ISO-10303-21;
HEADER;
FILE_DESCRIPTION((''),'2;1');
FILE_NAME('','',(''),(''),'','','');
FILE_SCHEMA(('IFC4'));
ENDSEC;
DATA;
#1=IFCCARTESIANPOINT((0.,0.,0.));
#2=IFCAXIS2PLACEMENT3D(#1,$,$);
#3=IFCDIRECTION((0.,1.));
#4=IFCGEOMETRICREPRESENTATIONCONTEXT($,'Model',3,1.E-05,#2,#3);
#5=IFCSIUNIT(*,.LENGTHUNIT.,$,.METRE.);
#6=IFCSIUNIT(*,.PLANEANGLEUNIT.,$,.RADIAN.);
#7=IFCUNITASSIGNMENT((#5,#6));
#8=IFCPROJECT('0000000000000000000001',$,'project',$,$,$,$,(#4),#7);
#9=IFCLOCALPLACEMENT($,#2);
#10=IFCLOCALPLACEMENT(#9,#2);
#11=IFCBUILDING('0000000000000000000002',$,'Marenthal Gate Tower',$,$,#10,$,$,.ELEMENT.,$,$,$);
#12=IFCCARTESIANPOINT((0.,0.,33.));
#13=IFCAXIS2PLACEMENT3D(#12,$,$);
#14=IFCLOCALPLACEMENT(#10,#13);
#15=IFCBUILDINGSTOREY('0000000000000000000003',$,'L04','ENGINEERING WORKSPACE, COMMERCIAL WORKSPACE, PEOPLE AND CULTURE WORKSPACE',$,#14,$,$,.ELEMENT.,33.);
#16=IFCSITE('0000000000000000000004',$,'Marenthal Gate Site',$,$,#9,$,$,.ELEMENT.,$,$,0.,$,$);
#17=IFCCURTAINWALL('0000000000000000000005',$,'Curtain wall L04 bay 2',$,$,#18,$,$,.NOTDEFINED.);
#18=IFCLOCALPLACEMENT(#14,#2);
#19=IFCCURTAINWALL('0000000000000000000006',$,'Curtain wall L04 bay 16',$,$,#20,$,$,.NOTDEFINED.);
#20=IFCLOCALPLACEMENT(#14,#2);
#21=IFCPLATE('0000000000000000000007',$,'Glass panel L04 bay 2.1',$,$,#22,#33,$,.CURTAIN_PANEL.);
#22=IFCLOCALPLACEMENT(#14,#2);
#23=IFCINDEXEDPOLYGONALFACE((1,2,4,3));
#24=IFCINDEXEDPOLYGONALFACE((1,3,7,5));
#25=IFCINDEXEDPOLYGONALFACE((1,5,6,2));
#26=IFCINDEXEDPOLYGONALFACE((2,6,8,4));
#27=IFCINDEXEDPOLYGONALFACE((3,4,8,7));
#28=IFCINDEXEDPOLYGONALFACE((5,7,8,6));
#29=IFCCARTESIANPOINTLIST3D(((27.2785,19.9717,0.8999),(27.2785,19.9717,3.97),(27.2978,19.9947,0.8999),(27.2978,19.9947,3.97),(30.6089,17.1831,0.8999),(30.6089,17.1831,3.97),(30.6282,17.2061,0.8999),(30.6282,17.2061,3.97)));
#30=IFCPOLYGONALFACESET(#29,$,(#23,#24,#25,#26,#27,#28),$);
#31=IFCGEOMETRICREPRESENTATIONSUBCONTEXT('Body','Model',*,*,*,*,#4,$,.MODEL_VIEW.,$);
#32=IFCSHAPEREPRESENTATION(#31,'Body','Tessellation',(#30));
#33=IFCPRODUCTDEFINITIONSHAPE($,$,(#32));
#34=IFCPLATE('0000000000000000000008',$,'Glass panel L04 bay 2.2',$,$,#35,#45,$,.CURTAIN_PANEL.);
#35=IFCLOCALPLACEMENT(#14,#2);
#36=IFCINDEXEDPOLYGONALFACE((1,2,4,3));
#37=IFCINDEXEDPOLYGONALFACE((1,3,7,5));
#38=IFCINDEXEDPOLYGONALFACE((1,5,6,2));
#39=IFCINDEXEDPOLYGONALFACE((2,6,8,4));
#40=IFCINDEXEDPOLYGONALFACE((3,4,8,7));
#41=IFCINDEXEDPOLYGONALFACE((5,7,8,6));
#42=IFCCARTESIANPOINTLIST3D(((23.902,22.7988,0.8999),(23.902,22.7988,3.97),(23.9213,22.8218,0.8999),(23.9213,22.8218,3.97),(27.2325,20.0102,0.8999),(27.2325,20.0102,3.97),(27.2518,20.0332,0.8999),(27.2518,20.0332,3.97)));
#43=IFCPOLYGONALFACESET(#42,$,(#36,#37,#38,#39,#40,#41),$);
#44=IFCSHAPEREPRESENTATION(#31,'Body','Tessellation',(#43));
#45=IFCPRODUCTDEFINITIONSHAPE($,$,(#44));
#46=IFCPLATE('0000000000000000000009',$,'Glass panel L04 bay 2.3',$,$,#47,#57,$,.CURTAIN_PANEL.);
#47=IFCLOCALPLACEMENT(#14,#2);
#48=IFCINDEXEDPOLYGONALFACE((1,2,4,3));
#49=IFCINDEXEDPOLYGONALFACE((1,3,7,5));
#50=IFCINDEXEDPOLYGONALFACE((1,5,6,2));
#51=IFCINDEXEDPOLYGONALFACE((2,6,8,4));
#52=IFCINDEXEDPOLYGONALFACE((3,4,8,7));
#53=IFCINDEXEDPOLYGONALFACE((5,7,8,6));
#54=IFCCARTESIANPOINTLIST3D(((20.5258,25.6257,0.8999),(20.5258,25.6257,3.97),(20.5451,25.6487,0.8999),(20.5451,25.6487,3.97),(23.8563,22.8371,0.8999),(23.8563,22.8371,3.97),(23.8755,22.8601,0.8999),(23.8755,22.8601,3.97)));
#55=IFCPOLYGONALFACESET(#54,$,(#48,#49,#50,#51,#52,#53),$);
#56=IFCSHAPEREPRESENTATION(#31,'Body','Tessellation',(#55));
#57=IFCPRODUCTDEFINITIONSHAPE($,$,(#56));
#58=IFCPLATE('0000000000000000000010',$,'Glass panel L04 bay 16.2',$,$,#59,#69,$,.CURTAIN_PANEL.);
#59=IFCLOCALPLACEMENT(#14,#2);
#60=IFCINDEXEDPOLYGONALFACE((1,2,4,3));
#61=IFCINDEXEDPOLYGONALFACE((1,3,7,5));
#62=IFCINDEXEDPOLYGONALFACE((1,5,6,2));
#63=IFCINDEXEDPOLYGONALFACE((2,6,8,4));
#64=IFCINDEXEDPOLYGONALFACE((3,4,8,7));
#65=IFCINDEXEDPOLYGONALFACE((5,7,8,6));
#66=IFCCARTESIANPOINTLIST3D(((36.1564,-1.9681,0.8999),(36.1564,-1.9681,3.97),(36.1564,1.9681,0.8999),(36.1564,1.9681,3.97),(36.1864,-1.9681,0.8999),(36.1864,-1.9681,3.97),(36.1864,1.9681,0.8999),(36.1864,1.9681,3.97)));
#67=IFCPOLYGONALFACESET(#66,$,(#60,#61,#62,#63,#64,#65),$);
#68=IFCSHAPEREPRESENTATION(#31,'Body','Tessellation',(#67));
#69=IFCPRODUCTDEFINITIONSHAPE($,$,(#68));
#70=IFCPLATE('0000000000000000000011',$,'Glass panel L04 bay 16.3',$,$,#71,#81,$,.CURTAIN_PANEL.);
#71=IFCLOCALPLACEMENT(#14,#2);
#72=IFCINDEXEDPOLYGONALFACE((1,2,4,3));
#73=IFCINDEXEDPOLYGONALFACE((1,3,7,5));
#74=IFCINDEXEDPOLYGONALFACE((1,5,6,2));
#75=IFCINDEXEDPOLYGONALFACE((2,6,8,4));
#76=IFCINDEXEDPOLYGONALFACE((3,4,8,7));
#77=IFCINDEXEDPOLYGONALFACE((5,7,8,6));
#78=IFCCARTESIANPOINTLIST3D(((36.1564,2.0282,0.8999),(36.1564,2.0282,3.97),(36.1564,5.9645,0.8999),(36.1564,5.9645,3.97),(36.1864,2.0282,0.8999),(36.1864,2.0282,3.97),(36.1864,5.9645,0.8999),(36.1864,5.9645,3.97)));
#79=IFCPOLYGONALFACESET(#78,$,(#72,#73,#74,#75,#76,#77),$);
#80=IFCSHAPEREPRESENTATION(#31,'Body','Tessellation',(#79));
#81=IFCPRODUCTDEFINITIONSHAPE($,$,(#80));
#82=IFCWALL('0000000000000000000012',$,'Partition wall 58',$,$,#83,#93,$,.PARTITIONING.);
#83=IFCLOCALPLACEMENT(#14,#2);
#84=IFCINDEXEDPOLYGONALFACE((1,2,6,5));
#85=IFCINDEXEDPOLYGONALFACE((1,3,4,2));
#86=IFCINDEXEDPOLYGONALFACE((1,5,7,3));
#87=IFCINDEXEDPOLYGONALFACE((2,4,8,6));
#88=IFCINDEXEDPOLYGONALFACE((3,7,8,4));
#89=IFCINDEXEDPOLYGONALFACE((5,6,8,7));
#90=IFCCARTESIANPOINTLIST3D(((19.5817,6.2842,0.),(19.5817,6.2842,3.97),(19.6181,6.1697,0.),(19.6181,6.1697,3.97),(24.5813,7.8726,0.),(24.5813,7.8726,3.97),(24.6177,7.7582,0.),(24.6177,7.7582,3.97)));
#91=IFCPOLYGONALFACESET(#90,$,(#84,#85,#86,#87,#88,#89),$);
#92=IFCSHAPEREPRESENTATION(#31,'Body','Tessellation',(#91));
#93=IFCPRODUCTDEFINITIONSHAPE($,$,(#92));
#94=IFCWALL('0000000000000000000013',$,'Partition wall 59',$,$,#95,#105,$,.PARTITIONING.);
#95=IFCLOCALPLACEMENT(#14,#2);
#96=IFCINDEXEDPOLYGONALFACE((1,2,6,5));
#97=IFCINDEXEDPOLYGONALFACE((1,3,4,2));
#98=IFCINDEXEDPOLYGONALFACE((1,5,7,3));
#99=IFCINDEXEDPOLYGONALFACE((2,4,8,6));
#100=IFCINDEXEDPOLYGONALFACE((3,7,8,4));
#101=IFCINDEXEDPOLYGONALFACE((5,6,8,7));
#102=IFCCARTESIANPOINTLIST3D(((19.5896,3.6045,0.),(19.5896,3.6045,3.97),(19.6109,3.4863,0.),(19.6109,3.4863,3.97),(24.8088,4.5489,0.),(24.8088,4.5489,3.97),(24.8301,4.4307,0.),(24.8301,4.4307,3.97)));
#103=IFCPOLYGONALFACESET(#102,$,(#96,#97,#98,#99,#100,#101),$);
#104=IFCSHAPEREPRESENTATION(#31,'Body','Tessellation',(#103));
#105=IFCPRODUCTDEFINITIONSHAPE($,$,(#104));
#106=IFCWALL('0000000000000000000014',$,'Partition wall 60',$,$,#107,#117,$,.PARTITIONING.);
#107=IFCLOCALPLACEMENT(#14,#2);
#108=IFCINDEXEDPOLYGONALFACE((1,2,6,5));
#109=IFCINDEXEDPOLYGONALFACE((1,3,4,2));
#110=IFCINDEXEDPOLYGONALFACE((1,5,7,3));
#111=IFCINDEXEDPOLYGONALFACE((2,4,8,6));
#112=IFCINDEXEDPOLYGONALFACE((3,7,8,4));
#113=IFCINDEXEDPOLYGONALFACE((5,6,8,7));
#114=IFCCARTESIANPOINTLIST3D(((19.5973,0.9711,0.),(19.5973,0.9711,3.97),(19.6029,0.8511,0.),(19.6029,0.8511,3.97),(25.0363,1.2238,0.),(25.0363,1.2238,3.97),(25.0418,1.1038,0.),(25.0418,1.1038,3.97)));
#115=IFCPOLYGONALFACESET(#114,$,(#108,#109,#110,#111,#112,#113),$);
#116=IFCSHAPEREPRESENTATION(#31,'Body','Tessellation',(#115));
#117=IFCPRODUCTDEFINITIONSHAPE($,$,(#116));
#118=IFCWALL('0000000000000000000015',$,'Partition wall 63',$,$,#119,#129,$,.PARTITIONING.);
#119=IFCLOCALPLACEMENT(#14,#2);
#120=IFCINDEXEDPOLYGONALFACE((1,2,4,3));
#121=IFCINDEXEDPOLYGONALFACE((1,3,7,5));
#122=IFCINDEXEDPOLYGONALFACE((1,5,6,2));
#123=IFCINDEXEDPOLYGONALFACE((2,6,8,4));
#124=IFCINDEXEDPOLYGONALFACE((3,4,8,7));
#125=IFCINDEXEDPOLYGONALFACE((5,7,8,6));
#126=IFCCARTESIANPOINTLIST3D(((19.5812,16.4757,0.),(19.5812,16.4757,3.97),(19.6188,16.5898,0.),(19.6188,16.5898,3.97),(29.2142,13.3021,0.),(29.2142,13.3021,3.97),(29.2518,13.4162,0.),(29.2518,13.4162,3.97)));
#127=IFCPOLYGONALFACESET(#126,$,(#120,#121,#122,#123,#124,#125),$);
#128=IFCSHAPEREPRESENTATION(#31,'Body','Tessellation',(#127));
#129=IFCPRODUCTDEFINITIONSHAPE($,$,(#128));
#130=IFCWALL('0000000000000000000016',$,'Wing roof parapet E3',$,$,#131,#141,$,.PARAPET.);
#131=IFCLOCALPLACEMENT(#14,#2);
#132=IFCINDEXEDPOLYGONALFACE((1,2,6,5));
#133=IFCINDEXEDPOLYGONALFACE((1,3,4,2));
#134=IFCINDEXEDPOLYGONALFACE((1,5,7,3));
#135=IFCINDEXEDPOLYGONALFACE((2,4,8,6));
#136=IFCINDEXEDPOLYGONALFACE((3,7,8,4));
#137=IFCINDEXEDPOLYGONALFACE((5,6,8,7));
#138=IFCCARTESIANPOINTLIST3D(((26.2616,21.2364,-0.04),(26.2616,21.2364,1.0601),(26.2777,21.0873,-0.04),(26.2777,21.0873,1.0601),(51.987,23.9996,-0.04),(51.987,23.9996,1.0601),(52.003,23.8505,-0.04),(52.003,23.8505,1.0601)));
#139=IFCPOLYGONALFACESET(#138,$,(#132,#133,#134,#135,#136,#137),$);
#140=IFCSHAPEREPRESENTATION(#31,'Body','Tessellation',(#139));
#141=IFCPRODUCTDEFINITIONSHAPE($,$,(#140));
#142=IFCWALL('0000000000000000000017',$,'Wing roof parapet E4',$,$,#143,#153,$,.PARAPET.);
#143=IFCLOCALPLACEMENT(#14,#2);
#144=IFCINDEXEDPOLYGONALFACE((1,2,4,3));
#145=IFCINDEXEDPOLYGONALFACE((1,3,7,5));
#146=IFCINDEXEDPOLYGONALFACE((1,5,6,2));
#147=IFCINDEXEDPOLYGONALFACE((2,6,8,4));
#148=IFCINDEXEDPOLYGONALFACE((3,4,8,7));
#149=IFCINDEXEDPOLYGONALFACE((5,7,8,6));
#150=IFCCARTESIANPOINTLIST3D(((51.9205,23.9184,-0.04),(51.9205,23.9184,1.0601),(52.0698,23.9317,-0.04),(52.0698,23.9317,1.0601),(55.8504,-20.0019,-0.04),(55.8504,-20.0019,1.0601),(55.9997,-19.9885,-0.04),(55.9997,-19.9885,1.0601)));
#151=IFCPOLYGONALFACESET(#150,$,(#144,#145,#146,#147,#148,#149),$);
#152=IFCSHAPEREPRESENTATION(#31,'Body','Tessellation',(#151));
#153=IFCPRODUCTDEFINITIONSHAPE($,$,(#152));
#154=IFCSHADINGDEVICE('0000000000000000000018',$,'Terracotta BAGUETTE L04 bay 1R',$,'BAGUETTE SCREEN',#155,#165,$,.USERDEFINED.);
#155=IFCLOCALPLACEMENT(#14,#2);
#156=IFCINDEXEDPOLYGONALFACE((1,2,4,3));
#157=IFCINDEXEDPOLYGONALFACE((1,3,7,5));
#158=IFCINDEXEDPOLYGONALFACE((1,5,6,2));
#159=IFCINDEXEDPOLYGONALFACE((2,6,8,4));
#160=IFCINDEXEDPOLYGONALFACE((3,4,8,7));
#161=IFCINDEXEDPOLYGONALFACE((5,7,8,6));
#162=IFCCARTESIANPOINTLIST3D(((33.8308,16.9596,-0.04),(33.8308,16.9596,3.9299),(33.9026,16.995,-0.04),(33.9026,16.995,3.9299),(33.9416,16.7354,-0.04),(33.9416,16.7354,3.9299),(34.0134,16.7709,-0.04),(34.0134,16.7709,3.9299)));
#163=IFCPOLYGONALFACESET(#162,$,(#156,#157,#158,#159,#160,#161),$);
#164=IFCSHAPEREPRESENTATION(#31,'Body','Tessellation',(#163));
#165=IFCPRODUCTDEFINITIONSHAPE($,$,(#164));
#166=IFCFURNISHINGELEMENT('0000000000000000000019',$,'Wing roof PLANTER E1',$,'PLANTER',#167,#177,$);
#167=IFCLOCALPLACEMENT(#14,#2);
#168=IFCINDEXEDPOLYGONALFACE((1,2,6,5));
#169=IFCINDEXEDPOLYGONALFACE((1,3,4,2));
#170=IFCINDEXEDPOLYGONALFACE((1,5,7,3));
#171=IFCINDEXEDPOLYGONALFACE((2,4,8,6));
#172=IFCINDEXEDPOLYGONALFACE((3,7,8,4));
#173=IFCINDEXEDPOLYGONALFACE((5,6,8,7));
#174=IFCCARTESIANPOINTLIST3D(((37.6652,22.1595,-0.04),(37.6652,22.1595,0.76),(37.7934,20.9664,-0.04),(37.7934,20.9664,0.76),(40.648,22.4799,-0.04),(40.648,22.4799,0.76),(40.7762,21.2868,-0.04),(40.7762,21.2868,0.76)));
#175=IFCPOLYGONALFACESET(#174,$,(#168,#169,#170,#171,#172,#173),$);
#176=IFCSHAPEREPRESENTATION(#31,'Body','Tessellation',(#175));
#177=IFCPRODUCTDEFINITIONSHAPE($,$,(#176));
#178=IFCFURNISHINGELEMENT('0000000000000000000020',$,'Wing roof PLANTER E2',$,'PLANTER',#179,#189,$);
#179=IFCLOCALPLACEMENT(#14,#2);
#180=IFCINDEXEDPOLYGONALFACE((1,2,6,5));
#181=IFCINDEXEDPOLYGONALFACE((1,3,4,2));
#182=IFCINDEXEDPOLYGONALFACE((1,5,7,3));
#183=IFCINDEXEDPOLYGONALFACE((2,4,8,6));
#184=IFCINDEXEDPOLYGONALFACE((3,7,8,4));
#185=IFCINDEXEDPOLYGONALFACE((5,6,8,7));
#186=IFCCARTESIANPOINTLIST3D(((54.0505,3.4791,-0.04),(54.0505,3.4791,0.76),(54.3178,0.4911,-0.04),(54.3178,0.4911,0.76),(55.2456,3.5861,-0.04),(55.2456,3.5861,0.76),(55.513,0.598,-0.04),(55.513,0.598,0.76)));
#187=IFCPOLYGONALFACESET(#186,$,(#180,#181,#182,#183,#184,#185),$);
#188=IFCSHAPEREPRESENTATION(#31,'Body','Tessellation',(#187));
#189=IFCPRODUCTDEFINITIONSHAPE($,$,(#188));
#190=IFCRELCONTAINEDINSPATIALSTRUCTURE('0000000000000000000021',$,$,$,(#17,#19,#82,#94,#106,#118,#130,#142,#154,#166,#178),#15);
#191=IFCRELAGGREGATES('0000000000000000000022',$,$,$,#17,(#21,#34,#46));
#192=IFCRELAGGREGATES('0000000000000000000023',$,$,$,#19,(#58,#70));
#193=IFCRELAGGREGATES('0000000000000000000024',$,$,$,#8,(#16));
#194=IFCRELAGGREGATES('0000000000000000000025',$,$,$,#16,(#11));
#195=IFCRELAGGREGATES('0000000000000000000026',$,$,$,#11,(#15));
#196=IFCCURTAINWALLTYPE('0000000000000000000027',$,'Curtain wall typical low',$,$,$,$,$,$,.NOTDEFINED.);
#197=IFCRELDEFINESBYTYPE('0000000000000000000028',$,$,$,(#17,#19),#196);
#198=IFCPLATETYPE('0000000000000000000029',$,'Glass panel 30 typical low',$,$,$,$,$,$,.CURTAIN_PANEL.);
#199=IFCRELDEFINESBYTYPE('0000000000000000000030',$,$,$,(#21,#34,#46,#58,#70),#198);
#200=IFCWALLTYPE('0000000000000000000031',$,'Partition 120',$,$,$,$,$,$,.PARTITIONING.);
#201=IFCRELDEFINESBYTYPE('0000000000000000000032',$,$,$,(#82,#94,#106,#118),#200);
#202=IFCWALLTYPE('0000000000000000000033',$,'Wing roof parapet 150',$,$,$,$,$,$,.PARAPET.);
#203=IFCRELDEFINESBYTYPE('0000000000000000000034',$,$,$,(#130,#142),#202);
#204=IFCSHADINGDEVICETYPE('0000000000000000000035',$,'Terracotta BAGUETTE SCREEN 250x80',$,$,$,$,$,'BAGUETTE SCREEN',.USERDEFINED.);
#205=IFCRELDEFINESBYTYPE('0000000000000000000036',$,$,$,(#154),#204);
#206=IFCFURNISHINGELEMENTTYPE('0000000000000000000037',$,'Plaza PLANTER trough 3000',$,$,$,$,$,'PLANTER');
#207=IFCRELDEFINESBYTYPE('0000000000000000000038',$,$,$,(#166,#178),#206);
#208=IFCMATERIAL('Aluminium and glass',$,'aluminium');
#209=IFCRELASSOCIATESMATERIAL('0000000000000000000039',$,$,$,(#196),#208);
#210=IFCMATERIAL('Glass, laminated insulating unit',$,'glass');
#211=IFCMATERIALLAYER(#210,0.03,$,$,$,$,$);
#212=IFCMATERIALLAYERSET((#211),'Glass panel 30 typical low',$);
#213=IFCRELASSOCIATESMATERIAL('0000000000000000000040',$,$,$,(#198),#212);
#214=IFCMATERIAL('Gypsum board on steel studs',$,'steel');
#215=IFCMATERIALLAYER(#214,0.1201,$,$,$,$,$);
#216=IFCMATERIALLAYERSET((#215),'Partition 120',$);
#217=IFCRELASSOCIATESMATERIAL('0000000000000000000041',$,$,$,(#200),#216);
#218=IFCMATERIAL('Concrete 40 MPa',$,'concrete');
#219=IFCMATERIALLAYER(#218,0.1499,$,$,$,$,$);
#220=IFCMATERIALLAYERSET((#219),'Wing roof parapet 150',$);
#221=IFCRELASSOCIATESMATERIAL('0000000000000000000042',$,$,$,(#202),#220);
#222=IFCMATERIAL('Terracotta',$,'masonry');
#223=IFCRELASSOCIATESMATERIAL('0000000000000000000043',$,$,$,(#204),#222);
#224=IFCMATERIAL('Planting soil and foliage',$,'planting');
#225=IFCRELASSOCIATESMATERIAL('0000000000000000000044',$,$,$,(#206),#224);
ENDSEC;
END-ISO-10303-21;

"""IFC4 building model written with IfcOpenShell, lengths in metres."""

from ifc_helpers import new_model, si_unit, direction, frame, frame_2d, origin, origin_2d, place, context, subcontext, project, spatial, rectangle, extrude, material, layer, layer_set, material_profile, profile_set, type_object, element, aggregate, save


model = new_model("IFC4")

# Units and contexts
model_context = context("Model", 3, precision=1e-05, world=origin(), true_north=direction((0.0, 1.0)))
body_context = subcontext(model_context, "Body", "Model", "MODEL_VIEW")
ifc_project = project(units=[si_unit("LENGTHUNIT", "METRE"), si_unit("PLANEANGLEUNIT", "RADIAN")], contexts=[model_context])

# Site, building, storey
site_placement = place(None, origin())
site = spatial("IfcSite", under=ifc_project, at=site_placement, Name="Marenthal Gate Site", CompositionType="ELEMENT", RefElevation=0.0)
building_placement = place(site_placement, origin())
building = spatial("IfcBuilding", under=site, at=building_placement, Name="Marenthal Gate Tower", CompositionType="ELEMENT")
storey_placement = place(building_placement, frame((0.0, 0.0, 33.0)))
storey = spatial("IfcBuildingStorey", under=building, at=storey_placement, Name="L04", Description="ENGINEERING WORKSPACE, COMMERCIAL WORKSPACE, PEOPLE AND CULTURE WORKSPACE", CompositionType="ELEMENT", Elevation=33.0)

# Curtain walls
ifc_material_1 = material(Name="Aluminium and glass", Category="aluminium")
curtain_wall_type = type_object("IfcCurtainWallType", Name="Curtain wall typical low", PredefinedType="NOTDEFINED", material=ifc_material_1)
curtain_wall_1_placement = place(storey_placement, origin())
curtain_wall_1 = element("IfcCurtainWall", 1, at=curtain_wall_1_placement, inside=storey, type_object=curtain_wall_type, Name="Curtain wall L04 bay 2", PredefinedType="NOTDEFINED")
curtain_wall_2_placement = place(storey_placement, origin())
curtain_wall_2 = element("IfcCurtainWall", 2, at=curtain_wall_2_placement, inside=storey, type_object=curtain_wall_type, Name="Curtain wall L04 bay 16", PredefinedType="NOTDEFINED")

# Plates
ifc_material_2 = material(Name="Glass, laminated insulating unit", Category="glass")
ifc_layer_1 = layer(ifc_material_2, 0.03)
ifc_layer_set_1 = layer_set([ifc_layer_1], Name="Glass panel 30 typical low")
plate_type = type_object("IfcPlateType", Name="Glass panel 30 typical low", PredefinedType="CURTAIN_PANEL", material=ifc_layer_set_1)
plate_1_placement = place(storey_placement, frame((28.9534, 18.5889, 0.8999), z_axis=(0.0, 0.0, 1.0), x_axis=(-0.76672, 0.641982, 0.0)))
plate_1 = element("IfcPlate", 3, at=plate_1_placement, type_object=plate_type, Name="Glass panel L04 bay 2.1", PredefinedType="CURTAIN_PANEL", context=body_context, shape_type="SweptSolid", body=[
    extrude(rectangle(XDim=4.3438, YDim=0.03, at=origin_2d()), origin(), (0.0, 0.0, 1.0), 3.0701),
])
plate_2_placement = place(storey_placement, frame((25.5769, 21.416, 0.8999), z_axis=(0.0, 0.0, 1.0), x_axis=(-0.76672, 0.641982, 0.0)))
plate_2 = element("IfcPlate", 4, at=plate_2_placement, type_object=plate_type, Name="Glass panel L04 bay 2.2", PredefinedType="CURTAIN_PANEL", context=body_context, shape_type="SweptSolid", body=[
    extrude(rectangle(XDim=4.3438, YDim=0.03, at=origin_2d()), origin(), (0.0, 0.0, 1.0), 3.0701),
])
plate_3_placement = place(storey_placement, frame((22.2007, 24.2429, 0.8999), z_axis=(0.0, 0.0, 1.0), x_axis=(-0.76672, 0.641982, 0.0)))
plate_3 = element("IfcPlate", 5, at=plate_3_placement, type_object=plate_type, Name="Glass panel L04 bay 2.3", PredefinedType="CURTAIN_PANEL", context=body_context, shape_type="SweptSolid", body=[
    extrude(rectangle(XDim=4.3438, YDim=0.03, at=origin_2d()), origin(), (0.0, 0.0, 1.0), 3.0701),
])
aggregate(curtain_wall_1, [plate_1, plate_2, plate_3])
plate_4_placement = place(storey_placement, frame((36.1714, 0.0, 0.8999), z_axis=(0.0, 0.0, 1.0), x_axis=(0.0, 1.0, 0.0)))
plate_4 = element("IfcPlate", 6, at=plate_4_placement, type_object=plate_type, Name="Glass panel L04 bay 16.2", PredefinedType="CURTAIN_PANEL", context=body_context, shape_type="SweptSolid", body=[
    extrude(rectangle(XDim=3.9363, YDim=0.03, at=origin_2d()), origin(), (0.0, 0.0, 1.0), 3.0701),
])
plate_5_placement = place(storey_placement, frame((36.1714, 3.9963, 0.8999), z_axis=(0.0, 0.0, 1.0), x_axis=(0.0, 1.0, 0.0)))
plate_5 = element("IfcPlate", 7, at=plate_5_placement, type_object=plate_type, Name="Glass panel L04 bay 16.3", PredefinedType="CURTAIN_PANEL", context=body_context, shape_type="SweptSolid", body=[
    extrude(rectangle(XDim=3.9363, YDim=0.03, at=origin_2d()), origin(), (0.0, 0.0, 1.0), 3.0701),
])
aggregate(curtain_wall_2, [plate_4, plate_5])

# Walls
ifc_material_3 = material(Name="Gypsum board on steel studs", Category="steel")
ifc_layer_2 = layer(ifc_material_3, 0.1201)
ifc_layer_set_2 = layer_set([ifc_layer_2], Name="Partition 120")
wall_type_1 = type_object("IfcWallType", Name="Partition 120", PredefinedType="PARTITIONING", material=ifc_layer_set_2)
wall_1_placement = place(storey_placement, frame((24.5996, 7.8154, 0.0), z_axis=(0.0, 0.0, 1.0), x_axis=(-0.953056, -0.302793, 0.0)))
element("IfcWall", 8, at=wall_1_placement, inside=storey, type_object=wall_type_1, Name="Partition wall 58", PredefinedType="PARTITIONING", context=body_context, shape_type="SweptSolid", body=[
    extrude(rectangle(XDim=5.2458, YDim=0.1201, at=frame_2d((2.623, 0.0))), origin(), (0.0, 0.0, 1.0), 3.97),
])
wall_2_placement = place(storey_placement, frame((24.8193, 4.4897, 0.0), z_axis=(0.0, 0.0, 1.0), x_axis=(-0.984023, -0.178043, 0.0)))
element("IfcWall", 9, at=wall_2_placement, inside=storey, type_object=wall_type_1, Name="Partition wall 59", PredefinedType="PARTITIONING", context=body_context, shape_type="SweptSolid", body=[
    extrude(rectangle(XDim=5.304, YDim=0.1201, at=frame_2d((2.6519, 0.0))), origin(), (0.0, 0.0, 1.0), 3.97),
])
wall_3_placement = place(storey_placement, frame((25.0391, 1.1638, 0.0), z_axis=(0.0, 0.0, 1.0), x_axis=(-0.998923, -0.046408, 0.0)))
element("IfcWall", 10, at=wall_3_placement, inside=storey, type_object=wall_type_1, Name="Partition wall 60", PredefinedType="PARTITIONING", context=body_context, shape_type="SweptSolid", body=[
    extrude(rectangle(XDim=5.4448, YDim=0.1201, at=frame_2d((2.7224, 0.0))), origin(), (0.0, 0.0, 1.0), 3.97),
])
wall_4_placement = place(storey_placement, frame((29.2332, 13.3591, 0.0), z_axis=(0.0, 0.0, 1.0), x_axis=(-0.949785, 0.312904, 0.0)))
element("IfcWall", 11, at=wall_4_placement, inside=storey, type_object=wall_type_1, Name="Partition wall 63", PredefinedType="PARTITIONING", context=body_context, shape_type="SweptSolid", body=[
    extrude(rectangle(XDim=10.1423, YDim=0.1201, at=frame_2d((5.0713, 0.0))), origin(), (0.0, 0.0, 1.0), 3.97),
])

# Walls
ifc_material_4 = material(Name="Concrete 40 MPa", Category="concrete")
ifc_layer_3 = layer(ifc_material_4, 0.1499)
ifc_layer_set_3 = layer_set([ifc_layer_3], Name="Wing roof parapet 150")
wall_type_2 = type_object("IfcWallType", Name="Wing roof parapet 150", PredefinedType="PARAPET", material=ifc_layer_set_3)
wall_5_placement = place(storey_placement, frame((26.2698, 21.1619, -0.04), z_axis=(0.0, 0.0, 1.0), x_axis=(0.994281, 0.106797, 0.0)))
element("IfcWall", 12, at=wall_5_placement, inside=storey, type_object=wall_type_2, Name="Wing roof parapet E3", PredefinedType="PARAPET", context=body_context, shape_type="SweptSolid", body=[
    extrude(rectangle(XDim=25.8733, YDim=0.1499, at=frame_2d((12.9365, 0.0))), origin(), (0.0, 0.0, 1.0), 1.1001),
])
wall_6_placement = place(storey_placement, frame((51.9951, 23.925, -0.04), z_axis=(0.0, 0.0, 1.0), x_axis=(0.089123, -0.996021, 0.0)))
element("IfcWall", 13, at=wall_6_placement, inside=storey, type_object=wall_type_2, Name="Wing roof parapet E4", PredefinedType="PARAPET", context=body_context, shape_type="SweptSolid", body=[
    extrude(rectangle(XDim=44.0957, YDim=0.1499, at=frame_2d((22.0479, 0.0))), origin(), (0.0, 0.0, 1.0), 1.1001),
])

# Shading device
ifc_material_5 = material(Name="Terracotta", Category="masonry")
ifc_material_profile_1 = material_profile(ifc_material_5, rectangle(XDim=0.25, YDim=0.0801, at=origin_2d()), Name="Terracotta baguette 250x80")
ifc_profile_set_1 = profile_set([ifc_material_profile_1], Name="Terracotta")
shading_device_type = type_object("IfcShadingDeviceType", Name="Terracotta BAGUETTE SCREEN 250x80", ElementType="BAGUETTE SCREEN", PredefinedType="USERDEFINED", material=ifc_profile_set_1)
shading_device_placement = place(storey_placement, frame((33.9221, 16.8652, -0.04), z_axis=(0.0, 0.0, 1.0), x_axis=(-0.44312, 0.896462, 0.0)))
element("IfcShadingDevice", 14, at=shading_device_placement, inside=storey, type_object=shading_device_type, Name="Terracotta BAGUETTE L04 bay 1R", ObjectType="BAGUETTE SCREEN", PredefinedType="USERDEFINED", context=body_context, shape_type="SweptSolid", body=[
    extrude(rectangle(XDim=0.25, YDim=0.0801, at=origin_2d()), origin(), (0.0, 0.0, 1.0), 3.97),
])

# Furnishing elements
ifc_material_6 = material(Name="Planting soil and foliage", Category="planting")
furnishing_element_type = type_object("IfcFurnishingElementType", Name="Plaza PLANTER trough 3000", ElementType="PLANTER", material=ifc_material_6)
for number, where, z_axis, x_axis, name in (
    (15, (39.2207, 21.7231, -0.04), (0.0, 0.0, 1.0), (0.994281, 0.106798, 0.0), "Wing roof PLANTER E1"),
    (16, (54.7817, 2.0386, -0.04), (0.0, 0.0, 1.0), (0.089123, -0.996021, 0.0), "Wing roof PLANTER E2"),
):
    element("IfcFurnishingElement", number, at=place(storey_placement, frame(where, z_axis=z_axis, x_axis=x_axis)), inside=storey, type_object=furnishing_element_type, Name=name, ObjectType="PLANTER", context=body_context, shape_type="SweptSolid", body=[
        extrude(rectangle(XDim=3.0, YDim=1.2, at=origin_2d()), origin(), (0.0, 0.0, 1.0), 0.8),
    ])

save(model, "model.ifc")
